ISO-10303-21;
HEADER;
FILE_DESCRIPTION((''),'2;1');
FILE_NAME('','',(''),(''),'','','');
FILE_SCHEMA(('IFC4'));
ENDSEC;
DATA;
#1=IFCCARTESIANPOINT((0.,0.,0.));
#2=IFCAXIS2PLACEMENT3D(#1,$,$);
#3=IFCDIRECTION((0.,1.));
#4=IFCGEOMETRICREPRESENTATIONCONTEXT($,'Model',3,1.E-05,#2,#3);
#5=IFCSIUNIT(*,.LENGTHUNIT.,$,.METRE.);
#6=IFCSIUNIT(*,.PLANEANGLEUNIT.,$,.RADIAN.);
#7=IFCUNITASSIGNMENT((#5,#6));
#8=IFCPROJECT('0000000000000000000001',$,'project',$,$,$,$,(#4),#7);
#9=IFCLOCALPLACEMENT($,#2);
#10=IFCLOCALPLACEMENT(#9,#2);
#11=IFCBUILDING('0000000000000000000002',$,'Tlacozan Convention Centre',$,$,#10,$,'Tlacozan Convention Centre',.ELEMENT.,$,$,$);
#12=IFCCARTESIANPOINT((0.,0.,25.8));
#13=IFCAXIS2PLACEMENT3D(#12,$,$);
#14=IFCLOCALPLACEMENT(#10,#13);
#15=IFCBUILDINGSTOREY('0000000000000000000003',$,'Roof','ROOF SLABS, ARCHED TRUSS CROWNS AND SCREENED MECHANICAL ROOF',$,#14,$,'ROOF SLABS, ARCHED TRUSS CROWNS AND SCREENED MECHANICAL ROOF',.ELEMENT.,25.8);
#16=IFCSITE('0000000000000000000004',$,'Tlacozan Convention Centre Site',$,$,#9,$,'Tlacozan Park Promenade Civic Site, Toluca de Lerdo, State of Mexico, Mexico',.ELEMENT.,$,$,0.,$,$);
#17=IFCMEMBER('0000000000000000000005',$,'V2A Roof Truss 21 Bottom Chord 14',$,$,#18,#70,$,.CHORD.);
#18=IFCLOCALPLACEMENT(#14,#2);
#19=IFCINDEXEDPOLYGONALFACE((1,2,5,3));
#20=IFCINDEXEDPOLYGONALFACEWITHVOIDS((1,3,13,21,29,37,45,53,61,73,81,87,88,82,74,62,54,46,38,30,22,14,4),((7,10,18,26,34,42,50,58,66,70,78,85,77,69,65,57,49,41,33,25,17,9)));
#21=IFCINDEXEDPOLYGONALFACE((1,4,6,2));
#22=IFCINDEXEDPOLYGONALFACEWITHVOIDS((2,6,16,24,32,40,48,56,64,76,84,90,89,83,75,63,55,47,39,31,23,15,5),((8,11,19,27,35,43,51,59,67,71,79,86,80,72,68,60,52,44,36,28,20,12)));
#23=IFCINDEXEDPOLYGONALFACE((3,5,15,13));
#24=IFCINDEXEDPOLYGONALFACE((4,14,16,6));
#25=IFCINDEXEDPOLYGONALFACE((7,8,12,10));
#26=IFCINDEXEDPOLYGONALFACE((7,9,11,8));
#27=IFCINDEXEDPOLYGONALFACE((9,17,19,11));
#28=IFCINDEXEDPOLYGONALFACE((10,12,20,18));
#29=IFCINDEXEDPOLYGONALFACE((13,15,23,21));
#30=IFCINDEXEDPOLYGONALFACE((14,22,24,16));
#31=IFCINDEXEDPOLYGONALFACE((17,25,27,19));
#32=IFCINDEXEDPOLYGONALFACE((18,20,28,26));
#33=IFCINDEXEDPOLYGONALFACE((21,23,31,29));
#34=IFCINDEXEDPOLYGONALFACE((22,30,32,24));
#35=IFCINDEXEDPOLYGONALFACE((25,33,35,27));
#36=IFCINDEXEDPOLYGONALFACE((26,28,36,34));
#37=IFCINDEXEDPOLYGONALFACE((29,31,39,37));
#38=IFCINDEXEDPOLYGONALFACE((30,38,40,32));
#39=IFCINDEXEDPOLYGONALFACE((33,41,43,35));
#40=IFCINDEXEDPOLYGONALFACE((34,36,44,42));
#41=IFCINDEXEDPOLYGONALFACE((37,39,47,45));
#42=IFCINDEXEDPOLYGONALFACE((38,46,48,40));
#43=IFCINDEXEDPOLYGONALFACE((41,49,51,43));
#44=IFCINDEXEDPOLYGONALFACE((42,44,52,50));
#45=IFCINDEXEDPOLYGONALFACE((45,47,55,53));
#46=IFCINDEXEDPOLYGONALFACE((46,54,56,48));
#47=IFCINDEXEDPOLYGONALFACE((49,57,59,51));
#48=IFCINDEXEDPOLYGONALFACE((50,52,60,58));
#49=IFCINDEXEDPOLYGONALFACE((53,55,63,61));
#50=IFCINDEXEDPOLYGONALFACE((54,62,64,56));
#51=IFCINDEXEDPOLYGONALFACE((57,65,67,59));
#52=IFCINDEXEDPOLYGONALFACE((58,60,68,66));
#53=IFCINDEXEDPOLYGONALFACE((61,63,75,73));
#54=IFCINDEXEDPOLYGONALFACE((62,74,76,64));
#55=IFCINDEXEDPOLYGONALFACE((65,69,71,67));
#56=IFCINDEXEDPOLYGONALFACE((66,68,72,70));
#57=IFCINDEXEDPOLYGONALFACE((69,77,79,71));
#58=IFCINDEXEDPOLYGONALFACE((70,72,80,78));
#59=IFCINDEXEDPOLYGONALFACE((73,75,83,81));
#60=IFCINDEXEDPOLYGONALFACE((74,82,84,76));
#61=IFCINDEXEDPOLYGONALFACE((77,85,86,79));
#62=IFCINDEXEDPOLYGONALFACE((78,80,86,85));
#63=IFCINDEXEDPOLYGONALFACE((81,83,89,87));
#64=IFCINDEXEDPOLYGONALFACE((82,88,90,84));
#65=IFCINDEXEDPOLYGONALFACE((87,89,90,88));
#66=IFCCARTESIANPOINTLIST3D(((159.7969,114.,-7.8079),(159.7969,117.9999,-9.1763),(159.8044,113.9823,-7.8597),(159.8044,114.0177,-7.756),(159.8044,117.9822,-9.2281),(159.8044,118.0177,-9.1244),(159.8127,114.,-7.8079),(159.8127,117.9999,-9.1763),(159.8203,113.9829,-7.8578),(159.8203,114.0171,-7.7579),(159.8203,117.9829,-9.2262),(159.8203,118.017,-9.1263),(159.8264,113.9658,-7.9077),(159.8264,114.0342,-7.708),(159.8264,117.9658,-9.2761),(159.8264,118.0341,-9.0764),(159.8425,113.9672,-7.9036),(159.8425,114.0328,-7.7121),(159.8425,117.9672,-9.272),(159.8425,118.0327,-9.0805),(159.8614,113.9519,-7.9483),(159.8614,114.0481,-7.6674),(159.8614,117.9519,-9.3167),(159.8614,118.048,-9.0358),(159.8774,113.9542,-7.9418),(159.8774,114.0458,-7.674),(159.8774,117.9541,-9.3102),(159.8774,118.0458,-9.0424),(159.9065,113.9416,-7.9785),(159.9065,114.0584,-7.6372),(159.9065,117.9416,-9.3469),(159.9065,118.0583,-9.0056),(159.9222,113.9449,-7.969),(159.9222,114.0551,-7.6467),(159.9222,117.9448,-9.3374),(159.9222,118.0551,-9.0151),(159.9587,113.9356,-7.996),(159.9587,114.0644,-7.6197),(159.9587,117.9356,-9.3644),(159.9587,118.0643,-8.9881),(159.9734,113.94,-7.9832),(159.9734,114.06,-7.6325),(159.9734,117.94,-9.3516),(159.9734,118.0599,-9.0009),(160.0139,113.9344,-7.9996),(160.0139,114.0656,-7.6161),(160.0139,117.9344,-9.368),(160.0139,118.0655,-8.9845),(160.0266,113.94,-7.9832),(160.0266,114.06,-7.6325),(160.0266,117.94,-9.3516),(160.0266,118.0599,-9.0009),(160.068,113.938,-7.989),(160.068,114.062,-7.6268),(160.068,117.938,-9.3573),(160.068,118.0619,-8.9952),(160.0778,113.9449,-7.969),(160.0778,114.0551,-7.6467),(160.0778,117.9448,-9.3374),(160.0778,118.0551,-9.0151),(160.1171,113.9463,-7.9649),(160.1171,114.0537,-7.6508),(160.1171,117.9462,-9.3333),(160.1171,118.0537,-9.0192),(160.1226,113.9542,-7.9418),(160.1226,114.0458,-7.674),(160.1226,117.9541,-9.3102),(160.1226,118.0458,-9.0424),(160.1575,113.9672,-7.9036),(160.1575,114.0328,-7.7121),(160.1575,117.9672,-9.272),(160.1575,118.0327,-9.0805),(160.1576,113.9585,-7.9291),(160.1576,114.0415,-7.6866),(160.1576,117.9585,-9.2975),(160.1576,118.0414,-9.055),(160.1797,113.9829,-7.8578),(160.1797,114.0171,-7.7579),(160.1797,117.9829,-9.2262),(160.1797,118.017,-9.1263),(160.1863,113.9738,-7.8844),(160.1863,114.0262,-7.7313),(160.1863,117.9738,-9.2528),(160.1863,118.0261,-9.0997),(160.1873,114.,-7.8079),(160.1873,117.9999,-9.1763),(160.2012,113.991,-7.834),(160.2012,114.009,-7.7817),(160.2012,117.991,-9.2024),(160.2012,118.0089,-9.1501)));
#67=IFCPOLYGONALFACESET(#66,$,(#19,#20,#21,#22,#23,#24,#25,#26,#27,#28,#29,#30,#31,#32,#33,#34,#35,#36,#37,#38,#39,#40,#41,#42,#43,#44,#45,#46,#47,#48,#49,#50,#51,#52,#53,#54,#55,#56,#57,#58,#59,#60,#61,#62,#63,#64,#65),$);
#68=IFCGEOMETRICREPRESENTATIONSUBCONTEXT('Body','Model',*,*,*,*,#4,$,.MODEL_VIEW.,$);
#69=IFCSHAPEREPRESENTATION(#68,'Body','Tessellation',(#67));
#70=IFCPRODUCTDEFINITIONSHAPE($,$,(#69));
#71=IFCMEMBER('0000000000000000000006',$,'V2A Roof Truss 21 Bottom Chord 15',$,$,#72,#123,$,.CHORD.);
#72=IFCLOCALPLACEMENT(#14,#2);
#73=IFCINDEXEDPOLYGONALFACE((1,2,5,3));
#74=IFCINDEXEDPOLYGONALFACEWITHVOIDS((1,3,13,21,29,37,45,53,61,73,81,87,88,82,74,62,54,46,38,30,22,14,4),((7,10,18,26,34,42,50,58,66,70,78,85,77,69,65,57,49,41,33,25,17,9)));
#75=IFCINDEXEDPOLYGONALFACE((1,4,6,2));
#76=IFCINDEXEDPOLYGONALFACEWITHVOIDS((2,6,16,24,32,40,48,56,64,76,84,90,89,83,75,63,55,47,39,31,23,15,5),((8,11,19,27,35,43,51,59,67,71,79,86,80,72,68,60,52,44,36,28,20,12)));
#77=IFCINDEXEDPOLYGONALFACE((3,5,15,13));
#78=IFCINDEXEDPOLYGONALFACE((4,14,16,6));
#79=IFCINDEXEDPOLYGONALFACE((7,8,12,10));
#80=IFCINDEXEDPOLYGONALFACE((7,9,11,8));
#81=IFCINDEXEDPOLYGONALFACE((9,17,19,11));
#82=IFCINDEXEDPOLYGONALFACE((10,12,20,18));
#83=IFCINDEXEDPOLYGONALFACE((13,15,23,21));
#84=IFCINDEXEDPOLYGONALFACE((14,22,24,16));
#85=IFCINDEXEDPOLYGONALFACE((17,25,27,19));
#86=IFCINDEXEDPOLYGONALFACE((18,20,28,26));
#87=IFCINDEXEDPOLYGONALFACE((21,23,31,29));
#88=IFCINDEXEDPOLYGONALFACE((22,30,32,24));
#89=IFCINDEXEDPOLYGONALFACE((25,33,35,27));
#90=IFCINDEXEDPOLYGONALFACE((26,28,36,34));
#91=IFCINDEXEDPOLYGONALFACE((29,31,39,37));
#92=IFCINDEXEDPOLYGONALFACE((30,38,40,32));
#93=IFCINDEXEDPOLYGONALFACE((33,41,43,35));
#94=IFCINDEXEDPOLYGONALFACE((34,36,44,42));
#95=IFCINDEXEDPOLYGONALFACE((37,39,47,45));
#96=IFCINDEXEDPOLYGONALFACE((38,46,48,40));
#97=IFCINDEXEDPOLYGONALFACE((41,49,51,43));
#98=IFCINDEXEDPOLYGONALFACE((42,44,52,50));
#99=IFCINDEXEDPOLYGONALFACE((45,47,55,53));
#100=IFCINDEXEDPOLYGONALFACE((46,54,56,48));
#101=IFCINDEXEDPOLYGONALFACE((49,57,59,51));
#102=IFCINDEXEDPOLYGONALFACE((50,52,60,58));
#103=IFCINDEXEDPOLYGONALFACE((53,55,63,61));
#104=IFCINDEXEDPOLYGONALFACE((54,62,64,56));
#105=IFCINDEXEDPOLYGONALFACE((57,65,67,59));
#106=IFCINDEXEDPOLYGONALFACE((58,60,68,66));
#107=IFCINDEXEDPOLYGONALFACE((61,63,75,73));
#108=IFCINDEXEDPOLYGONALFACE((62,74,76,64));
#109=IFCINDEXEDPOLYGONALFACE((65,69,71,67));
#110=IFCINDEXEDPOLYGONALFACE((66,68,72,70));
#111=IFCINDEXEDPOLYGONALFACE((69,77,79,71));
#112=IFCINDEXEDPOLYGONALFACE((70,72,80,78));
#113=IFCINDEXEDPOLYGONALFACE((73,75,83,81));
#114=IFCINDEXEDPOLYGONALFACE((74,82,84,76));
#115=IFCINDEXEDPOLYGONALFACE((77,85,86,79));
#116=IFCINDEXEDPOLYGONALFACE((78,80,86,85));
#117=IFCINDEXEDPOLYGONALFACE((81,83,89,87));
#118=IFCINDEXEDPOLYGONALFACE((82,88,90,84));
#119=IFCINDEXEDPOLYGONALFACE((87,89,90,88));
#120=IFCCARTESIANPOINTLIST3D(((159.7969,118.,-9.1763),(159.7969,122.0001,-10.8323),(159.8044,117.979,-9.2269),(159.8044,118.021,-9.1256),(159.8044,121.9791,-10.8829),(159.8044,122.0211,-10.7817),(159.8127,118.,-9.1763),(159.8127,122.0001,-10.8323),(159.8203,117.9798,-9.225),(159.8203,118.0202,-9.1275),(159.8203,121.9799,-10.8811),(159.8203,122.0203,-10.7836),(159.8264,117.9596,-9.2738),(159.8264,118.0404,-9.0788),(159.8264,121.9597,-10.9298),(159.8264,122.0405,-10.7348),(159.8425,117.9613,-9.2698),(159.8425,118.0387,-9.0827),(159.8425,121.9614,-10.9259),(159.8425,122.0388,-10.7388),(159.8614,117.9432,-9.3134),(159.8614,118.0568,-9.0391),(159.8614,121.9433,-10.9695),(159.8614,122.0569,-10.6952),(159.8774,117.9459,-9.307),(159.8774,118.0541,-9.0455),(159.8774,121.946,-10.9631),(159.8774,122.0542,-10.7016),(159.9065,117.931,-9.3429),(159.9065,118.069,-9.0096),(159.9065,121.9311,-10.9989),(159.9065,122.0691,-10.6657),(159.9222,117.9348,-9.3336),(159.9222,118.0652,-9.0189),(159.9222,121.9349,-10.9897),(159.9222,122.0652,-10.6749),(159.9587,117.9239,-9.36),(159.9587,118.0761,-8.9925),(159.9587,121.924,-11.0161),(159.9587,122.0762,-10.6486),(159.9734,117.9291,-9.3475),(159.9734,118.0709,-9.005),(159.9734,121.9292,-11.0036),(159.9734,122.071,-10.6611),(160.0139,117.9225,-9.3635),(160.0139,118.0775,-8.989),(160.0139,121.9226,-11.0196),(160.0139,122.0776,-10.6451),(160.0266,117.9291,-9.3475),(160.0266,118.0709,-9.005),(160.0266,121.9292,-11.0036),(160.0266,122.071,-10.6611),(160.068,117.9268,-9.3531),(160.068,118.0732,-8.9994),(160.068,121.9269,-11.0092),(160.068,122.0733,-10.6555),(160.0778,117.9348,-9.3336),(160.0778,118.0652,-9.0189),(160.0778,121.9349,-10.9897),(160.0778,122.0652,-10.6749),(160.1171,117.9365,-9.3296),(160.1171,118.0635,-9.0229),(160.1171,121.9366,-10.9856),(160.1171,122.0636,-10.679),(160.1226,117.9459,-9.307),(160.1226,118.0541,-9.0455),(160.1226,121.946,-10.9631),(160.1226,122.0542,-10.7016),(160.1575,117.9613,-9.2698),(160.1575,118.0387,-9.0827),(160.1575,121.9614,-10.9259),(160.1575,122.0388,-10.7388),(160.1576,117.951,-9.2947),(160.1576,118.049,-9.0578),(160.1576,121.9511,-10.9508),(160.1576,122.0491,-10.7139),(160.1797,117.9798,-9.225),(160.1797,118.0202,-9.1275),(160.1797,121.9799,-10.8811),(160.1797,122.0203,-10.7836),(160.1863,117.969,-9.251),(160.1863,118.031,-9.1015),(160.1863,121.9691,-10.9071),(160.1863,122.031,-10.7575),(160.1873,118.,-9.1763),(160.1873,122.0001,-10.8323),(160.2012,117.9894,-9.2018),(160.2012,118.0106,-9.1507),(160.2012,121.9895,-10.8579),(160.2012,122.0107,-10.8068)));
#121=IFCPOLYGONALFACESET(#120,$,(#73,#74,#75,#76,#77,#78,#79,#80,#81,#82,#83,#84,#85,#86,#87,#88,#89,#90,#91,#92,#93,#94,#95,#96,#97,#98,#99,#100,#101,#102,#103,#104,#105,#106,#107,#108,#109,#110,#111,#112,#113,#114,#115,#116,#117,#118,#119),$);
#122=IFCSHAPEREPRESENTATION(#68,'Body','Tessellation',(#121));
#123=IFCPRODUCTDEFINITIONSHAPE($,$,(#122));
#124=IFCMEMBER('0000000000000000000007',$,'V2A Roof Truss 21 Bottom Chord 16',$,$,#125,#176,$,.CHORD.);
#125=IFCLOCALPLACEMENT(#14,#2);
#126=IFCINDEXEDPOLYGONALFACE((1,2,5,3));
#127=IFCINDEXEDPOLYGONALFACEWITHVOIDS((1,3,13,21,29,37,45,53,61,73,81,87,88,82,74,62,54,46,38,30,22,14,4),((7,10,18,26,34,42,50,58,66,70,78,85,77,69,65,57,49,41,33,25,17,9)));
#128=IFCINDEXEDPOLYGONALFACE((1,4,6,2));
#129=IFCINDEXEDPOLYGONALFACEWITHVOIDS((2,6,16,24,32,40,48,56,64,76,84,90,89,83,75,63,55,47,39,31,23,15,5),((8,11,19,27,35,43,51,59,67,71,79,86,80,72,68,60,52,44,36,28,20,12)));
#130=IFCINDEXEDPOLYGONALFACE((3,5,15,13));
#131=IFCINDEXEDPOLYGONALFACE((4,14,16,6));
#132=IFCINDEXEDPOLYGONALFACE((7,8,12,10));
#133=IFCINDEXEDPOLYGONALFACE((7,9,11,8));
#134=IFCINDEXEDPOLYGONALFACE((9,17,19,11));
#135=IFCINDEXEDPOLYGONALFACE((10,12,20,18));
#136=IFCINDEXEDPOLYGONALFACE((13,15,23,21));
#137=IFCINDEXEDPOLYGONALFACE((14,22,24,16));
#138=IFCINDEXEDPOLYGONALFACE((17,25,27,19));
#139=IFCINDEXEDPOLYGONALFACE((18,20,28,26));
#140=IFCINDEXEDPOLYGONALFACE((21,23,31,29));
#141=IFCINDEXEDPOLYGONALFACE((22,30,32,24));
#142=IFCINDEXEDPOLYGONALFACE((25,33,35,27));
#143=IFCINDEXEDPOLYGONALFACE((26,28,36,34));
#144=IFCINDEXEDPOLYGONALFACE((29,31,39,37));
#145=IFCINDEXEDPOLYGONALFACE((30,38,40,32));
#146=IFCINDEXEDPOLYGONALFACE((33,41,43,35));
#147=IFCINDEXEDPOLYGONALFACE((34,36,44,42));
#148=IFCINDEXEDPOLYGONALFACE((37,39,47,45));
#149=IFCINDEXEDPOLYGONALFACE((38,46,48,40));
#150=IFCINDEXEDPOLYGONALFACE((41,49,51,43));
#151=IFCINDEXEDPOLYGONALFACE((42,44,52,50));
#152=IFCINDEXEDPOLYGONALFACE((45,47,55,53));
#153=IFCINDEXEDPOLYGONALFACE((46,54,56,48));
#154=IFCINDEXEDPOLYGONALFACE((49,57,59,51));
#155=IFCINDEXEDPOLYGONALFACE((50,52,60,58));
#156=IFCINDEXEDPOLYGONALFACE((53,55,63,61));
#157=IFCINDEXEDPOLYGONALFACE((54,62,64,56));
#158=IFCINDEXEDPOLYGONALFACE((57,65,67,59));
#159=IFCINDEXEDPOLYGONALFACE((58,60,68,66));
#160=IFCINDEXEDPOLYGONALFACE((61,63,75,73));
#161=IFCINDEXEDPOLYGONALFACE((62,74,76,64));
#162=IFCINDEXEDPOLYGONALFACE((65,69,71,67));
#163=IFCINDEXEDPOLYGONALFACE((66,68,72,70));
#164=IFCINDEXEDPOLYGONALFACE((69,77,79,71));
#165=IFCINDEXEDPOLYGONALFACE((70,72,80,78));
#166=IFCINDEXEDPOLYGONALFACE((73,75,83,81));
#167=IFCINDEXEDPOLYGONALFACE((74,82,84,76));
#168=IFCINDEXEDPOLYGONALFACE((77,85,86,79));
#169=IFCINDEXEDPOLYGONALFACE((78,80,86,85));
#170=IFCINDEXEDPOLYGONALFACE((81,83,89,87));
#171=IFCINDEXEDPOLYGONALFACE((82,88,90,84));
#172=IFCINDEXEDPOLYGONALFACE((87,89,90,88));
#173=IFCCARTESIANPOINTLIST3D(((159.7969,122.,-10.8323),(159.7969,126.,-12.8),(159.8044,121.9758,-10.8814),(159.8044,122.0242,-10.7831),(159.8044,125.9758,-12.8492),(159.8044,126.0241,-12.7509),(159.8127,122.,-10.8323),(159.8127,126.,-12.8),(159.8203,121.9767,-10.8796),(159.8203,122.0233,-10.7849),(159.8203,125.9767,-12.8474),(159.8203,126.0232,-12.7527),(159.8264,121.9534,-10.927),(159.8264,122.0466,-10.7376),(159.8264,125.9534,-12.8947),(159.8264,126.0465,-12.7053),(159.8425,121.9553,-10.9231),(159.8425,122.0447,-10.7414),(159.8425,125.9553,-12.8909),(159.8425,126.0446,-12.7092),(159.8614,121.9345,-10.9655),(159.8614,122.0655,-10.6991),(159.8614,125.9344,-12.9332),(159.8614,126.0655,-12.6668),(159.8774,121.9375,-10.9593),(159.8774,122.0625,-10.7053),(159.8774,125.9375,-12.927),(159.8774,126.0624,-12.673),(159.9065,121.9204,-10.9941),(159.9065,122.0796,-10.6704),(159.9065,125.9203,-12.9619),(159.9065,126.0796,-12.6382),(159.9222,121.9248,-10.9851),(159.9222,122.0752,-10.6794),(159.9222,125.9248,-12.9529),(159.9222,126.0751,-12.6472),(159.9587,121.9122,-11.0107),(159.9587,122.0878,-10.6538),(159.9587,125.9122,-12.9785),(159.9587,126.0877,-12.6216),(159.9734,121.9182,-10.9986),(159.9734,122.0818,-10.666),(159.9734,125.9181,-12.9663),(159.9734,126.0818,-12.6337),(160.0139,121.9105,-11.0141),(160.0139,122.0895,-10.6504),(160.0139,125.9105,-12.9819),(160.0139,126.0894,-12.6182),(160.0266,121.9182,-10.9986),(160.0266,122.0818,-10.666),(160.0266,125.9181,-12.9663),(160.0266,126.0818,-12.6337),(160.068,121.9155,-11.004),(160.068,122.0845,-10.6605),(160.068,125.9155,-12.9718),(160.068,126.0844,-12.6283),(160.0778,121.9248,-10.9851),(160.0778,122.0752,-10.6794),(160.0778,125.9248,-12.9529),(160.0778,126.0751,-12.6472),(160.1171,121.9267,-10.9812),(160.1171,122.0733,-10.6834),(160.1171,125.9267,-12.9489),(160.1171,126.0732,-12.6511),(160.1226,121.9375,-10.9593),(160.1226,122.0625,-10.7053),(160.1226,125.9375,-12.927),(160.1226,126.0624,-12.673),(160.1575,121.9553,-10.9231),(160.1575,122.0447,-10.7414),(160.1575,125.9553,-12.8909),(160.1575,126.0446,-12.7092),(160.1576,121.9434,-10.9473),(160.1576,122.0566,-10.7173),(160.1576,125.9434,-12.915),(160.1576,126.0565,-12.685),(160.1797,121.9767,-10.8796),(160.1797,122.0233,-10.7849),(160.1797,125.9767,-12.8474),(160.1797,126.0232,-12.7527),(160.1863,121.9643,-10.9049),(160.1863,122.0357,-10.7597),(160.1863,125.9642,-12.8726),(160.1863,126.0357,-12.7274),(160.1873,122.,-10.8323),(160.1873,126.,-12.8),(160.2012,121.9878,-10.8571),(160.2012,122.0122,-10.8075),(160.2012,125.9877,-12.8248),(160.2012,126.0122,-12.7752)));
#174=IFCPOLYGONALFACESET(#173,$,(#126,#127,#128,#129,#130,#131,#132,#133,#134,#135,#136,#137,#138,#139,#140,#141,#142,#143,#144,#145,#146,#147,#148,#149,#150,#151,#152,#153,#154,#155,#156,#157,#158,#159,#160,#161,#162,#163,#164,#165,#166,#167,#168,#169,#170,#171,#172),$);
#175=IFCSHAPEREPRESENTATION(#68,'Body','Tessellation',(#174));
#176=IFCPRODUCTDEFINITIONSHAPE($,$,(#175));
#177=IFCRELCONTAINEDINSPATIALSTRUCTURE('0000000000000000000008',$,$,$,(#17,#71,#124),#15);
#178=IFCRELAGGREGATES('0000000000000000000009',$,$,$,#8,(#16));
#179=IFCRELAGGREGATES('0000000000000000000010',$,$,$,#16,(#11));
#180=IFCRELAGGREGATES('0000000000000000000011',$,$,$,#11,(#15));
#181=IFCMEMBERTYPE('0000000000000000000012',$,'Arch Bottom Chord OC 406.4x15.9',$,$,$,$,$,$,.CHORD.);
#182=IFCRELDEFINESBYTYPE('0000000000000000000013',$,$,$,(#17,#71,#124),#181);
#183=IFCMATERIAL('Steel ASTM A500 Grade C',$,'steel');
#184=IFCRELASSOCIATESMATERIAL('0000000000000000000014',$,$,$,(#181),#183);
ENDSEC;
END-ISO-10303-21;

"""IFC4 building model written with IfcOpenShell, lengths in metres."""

from ifc_helpers import new_model, si_unit, direction, frame, origin, origin_2d, place, context, subcontext, project, spatial, hollow_circle, extrude, material, material_profile, profile_set, type_object, element, save


model = new_model("IFC4")

# Units and contexts
model_context = context("Model", 3, precision=1e-05, world=origin(), true_north=direction((0.0, 1.0)))
body_context = subcontext(model_context, "Body", "Model", "MODEL_VIEW")
ifc_project = project(units=[si_unit("LENGTHUNIT", "METRE"), si_unit("PLANEANGLEUNIT", "RADIAN")], contexts=[model_context])

# Site, building, storey
site_placement = place(None, origin())
site = spatial("IfcSite", under=ifc_project, at=site_placement, Name="Tlacozan Convention Centre Site", LongName="Tlacozan Park Promenade Civic Site, Toluca de Lerdo, State of Mexico, Mexico", CompositionType="ELEMENT", RefElevation=0.0)
building_placement = place(site_placement, origin())
building = spatial("IfcBuilding", under=site, at=building_placement, Name="Tlacozan Convention Centre", LongName="Tlacozan Convention Centre", CompositionType="ELEMENT")
storey_placement = place(building_placement, frame((0.0, 0.0, 25.8)))
storey = spatial("IfcBuildingStorey", under=building, at=storey_placement, Name="Roof", Description="ROOF SLABS, ARCHED TRUSS CROWNS AND SCREENED MECHANICAL ROOF", LongName="ROOF SLABS, ARCHED TRUSS CROWNS AND SCREENED MECHANICAL ROOF", CompositionType="ELEMENT", Elevation=25.8)

# Members
ifc_material_1 = material(Name="Steel ASTM A500 Grade C", Category="steel")
ifc_material_profile_1 = material_profile(ifc_material_1, hollow_circle(Radius=0.2031, WallThickness=0.0159, at=origin_2d()), Name="OC 406.4x15.9")
ifc_profile_set_1 = profile_set([ifc_material_profile_1], Name="Steel ASTM A500 Grade C")
member_type_1 = type_object("IfcMemberType", Name="Arch Bottom Chord OC 406.4x15.9", PredefinedType="CHORD", material=ifc_profile_set_1)
member_1_placement = place(storey_placement, frame((160.0, 114.0, -7.8079), z_axis=(0.0, 0.946165, -0.323685), x_axis=(-1.0, 0.0, 0.0)))
element("IfcMember", 1, at=member_1_placement, inside=storey, type_object=member_type_1, Name="V2A Roof Truss 21 Bottom Chord 14", PredefinedType="CHORD", context=body_context, shape_type="SweptSolid", body=[
    extrude(hollow_circle(Radius=0.2031, WallThickness=0.0159, at=origin_2d()), origin(), (0.0, 0.0, 1.0), 4.2275),
])
member_2_placement = place(storey_placement, frame((160.0, 118.0, -9.1763), z_axis=(0.0, 0.923949, -0.382516), x_axis=(-1.0, 0.0, 0.0)))
element("IfcMember", 2, at=member_2_placement, inside=storey, type_object=member_type_1, Name="V2A Roof Truss 21 Bottom Chord 15", PredefinedType="CHORD", context=body_context, shape_type="SweptSolid", body=[
    extrude(hollow_circle(Radius=0.2031, WallThickness=0.0159, at=origin_2d()), origin(), (0.0, 0.0, 1.0), 4.3293),
])
member_3_placement = place(storey_placement, frame((160.0, 122.0, -10.8323), z_axis=(0.0, 0.8973, -0.441421), x_axis=(-1.0, 0.0, 0.0)))
element("IfcMember", 3, at=member_3_placement, inside=storey, type_object=member_type_1, Name="V2A Roof Truss 21 Bottom Chord 16", PredefinedType="CHORD", context=body_context, shape_type="SweptSolid", body=[
    extrude(hollow_circle(Radius=0.2031, WallThickness=0.0159, at=origin_2d()), origin(), (0.0, 0.0, 1.0), 4.4578),
])

save(model, "model.ifc")
